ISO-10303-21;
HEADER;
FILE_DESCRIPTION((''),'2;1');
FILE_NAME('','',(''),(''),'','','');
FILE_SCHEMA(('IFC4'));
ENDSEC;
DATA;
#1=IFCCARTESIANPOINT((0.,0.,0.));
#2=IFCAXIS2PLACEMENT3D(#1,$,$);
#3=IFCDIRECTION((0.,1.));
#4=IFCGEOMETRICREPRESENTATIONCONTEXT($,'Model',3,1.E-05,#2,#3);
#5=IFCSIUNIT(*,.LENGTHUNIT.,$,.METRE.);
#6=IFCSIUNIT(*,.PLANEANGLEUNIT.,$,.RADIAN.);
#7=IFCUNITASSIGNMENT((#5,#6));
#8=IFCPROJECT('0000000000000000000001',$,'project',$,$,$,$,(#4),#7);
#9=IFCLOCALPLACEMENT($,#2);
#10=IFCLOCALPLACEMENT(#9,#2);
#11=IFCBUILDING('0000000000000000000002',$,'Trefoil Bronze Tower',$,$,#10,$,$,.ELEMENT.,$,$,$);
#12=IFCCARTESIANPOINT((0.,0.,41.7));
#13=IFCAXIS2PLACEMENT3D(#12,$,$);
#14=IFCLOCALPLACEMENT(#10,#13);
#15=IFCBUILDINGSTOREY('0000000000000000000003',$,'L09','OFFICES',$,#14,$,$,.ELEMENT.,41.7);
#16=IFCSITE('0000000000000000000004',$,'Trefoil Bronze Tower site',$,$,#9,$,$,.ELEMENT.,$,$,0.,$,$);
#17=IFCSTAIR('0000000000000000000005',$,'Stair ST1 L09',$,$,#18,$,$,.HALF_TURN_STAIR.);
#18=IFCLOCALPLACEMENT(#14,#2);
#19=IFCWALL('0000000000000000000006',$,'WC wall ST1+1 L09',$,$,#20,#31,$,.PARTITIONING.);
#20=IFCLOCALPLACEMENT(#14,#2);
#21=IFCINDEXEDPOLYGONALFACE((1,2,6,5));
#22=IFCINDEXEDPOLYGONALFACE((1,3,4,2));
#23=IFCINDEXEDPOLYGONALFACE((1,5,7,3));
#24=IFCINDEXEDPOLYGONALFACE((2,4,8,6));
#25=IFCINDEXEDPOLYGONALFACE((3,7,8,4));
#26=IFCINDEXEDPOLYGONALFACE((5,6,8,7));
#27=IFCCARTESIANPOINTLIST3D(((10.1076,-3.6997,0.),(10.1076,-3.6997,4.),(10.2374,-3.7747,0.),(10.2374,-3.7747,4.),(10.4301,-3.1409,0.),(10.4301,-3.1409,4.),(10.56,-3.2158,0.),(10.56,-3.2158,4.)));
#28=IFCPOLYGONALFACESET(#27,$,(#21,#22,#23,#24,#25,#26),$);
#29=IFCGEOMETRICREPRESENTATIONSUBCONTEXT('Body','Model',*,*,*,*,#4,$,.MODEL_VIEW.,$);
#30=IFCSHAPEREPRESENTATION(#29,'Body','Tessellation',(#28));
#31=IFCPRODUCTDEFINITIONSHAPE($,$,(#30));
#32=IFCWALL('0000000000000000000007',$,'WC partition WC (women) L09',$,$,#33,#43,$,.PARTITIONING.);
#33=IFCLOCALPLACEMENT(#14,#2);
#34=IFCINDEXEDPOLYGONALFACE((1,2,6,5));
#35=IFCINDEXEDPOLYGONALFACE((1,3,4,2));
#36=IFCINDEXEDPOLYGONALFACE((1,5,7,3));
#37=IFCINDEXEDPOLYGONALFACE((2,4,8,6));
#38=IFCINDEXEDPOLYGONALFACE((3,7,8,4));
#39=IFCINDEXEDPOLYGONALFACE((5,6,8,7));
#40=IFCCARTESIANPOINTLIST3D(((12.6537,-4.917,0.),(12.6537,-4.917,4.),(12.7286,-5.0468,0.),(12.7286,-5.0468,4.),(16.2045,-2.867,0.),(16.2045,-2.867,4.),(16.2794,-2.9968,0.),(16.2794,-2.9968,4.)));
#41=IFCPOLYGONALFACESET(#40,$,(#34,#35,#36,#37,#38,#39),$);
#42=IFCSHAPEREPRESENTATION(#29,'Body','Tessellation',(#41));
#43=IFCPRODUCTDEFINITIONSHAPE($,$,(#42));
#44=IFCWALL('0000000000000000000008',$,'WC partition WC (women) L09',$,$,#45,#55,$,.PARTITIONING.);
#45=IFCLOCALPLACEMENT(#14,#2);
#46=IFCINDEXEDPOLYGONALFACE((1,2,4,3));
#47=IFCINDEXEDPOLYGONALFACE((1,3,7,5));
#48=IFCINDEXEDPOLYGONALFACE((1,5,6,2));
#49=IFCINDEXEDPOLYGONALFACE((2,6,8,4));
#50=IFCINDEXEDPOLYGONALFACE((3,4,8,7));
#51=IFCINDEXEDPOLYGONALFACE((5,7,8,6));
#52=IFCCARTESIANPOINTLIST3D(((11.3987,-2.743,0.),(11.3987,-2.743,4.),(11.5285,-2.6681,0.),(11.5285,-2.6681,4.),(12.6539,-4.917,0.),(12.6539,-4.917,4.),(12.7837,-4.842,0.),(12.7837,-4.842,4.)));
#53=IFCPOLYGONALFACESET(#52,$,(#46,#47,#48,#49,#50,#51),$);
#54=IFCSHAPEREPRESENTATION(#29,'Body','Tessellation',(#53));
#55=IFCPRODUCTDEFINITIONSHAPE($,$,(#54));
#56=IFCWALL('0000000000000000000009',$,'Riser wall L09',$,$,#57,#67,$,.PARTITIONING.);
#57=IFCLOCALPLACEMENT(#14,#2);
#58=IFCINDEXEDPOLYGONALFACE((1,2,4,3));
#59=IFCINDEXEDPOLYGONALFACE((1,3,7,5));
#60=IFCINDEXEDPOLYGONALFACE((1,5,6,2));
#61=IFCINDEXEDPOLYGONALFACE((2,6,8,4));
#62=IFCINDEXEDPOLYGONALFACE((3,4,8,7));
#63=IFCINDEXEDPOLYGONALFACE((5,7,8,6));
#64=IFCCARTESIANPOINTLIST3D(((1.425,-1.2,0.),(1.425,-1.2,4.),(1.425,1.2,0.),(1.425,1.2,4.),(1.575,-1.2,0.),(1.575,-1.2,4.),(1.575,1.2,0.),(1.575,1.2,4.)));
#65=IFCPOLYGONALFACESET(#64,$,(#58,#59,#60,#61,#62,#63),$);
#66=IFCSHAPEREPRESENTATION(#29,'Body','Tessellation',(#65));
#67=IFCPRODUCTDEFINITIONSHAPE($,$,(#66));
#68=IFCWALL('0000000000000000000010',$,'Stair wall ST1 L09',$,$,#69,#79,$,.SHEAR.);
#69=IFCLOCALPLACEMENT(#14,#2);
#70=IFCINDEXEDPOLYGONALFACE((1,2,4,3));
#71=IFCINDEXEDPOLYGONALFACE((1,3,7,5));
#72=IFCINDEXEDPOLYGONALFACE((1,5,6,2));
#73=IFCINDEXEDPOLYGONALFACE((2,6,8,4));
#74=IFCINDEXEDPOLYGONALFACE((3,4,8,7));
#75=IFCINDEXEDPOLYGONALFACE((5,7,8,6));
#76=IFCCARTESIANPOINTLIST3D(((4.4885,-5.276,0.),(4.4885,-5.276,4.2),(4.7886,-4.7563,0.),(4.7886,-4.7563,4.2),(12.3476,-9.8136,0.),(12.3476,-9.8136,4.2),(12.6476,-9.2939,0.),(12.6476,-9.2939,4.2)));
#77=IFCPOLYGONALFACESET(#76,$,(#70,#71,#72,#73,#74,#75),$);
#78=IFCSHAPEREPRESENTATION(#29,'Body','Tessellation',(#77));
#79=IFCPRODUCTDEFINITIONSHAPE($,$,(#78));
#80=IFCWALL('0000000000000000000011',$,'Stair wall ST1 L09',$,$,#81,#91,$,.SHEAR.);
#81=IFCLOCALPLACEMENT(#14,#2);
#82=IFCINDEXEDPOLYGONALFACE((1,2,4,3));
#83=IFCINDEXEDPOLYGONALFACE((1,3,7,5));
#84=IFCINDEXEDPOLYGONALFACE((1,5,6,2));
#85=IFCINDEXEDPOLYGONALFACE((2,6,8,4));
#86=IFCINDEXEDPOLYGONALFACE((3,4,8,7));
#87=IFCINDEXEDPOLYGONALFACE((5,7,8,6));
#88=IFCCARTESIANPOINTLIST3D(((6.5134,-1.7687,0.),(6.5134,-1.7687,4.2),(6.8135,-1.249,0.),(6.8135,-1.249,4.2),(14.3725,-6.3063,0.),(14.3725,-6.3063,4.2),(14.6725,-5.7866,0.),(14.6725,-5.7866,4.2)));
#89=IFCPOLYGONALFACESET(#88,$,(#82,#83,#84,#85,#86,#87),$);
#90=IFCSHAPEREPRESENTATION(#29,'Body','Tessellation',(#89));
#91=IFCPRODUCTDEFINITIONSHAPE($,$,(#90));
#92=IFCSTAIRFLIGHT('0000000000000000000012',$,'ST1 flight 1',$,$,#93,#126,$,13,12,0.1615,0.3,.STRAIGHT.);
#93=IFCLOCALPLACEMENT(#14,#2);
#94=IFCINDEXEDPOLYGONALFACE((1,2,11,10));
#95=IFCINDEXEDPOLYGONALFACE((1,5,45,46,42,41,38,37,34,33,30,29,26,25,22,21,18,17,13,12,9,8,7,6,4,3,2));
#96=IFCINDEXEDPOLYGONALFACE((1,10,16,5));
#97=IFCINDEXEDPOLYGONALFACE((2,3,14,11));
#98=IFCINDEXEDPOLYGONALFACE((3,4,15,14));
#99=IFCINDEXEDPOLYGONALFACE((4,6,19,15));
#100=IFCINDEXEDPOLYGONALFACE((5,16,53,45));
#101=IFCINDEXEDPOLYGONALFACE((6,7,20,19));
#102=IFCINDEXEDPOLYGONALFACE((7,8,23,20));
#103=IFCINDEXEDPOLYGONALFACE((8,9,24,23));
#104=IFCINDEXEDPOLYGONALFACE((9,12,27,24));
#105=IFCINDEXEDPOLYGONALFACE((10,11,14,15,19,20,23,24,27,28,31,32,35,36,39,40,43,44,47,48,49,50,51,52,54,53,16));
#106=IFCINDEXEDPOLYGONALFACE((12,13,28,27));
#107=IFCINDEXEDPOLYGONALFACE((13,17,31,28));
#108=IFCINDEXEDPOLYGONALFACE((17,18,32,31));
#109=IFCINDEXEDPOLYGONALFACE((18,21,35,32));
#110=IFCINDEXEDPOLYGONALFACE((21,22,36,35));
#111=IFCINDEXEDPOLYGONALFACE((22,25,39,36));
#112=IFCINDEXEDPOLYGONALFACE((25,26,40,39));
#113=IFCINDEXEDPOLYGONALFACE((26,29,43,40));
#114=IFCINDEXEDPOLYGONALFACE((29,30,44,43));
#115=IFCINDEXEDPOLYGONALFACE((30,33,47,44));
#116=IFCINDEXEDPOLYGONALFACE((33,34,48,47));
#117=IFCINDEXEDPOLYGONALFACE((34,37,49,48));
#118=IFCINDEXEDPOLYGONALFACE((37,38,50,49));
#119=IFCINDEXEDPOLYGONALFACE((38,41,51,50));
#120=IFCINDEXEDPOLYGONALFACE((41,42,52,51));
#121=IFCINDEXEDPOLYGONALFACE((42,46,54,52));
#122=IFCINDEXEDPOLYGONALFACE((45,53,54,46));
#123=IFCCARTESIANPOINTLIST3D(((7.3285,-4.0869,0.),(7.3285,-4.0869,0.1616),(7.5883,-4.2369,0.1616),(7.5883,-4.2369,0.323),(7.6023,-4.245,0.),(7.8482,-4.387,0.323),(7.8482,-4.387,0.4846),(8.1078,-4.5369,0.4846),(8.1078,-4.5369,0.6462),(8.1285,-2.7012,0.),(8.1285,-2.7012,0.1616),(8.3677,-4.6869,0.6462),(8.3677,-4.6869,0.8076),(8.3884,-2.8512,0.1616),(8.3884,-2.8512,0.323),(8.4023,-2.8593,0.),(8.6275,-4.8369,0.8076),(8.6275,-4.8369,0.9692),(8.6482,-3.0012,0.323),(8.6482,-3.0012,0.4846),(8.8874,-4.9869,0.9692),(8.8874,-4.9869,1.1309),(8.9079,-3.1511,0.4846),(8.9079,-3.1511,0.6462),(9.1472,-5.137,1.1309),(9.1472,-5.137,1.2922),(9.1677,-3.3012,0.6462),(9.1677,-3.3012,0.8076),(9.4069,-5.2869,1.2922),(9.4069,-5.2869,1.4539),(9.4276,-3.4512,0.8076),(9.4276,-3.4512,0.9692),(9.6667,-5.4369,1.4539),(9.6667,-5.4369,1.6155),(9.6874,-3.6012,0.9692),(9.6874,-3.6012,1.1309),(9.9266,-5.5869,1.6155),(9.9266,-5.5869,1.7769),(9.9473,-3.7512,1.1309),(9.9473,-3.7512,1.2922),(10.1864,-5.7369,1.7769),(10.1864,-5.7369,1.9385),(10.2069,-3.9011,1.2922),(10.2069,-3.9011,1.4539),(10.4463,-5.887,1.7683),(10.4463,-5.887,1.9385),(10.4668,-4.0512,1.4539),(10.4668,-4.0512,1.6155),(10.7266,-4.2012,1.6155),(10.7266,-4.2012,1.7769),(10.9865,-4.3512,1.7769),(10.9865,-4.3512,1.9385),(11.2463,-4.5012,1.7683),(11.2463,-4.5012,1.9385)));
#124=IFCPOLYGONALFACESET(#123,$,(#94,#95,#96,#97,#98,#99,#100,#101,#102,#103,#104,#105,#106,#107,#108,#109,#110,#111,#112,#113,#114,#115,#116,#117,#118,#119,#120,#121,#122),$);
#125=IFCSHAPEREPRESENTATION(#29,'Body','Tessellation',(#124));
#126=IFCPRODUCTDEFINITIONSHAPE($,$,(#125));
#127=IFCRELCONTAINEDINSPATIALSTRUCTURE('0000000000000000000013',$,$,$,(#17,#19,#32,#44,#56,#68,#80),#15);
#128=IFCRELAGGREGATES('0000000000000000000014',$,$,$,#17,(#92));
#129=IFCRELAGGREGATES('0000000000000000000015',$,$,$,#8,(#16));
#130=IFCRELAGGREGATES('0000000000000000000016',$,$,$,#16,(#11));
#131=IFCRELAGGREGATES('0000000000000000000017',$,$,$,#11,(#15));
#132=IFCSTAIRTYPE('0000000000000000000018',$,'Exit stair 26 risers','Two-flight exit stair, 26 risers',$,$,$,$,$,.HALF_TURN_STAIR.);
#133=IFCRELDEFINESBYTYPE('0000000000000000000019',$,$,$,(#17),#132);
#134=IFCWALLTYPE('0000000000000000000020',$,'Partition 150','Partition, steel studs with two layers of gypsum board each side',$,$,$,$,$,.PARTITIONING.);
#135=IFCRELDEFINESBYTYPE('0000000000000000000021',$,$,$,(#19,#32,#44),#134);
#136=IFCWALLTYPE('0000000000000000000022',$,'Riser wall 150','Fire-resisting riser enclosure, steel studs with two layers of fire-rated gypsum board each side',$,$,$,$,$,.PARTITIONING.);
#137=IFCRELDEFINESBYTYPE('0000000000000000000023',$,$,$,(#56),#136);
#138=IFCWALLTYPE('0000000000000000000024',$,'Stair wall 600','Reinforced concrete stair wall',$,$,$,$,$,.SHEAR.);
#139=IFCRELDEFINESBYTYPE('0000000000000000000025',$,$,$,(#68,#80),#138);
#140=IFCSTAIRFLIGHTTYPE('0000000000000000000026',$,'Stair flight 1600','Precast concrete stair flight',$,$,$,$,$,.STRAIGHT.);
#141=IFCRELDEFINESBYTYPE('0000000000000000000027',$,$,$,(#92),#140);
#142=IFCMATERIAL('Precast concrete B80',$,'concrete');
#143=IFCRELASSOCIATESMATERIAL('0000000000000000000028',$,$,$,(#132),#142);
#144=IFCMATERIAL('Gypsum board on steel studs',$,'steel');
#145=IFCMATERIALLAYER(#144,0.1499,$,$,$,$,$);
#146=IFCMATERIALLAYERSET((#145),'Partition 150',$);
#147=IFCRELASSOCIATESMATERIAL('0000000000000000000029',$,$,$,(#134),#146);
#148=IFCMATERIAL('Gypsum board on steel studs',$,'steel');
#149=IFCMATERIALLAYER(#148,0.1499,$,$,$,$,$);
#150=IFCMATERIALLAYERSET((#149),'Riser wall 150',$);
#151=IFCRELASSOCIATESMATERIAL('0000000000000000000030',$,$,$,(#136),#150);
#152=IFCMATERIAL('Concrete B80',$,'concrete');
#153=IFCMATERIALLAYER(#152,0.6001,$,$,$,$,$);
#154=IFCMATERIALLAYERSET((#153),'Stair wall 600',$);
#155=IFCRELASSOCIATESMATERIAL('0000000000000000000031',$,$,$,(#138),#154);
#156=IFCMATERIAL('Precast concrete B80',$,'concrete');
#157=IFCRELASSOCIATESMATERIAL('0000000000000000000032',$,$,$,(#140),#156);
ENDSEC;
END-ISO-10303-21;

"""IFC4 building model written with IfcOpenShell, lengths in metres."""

from ifc_helpers import new_model, si_unit, direction, frame, frame_2d, origin, place, context, subcontext, project, spatial, polyline, rectangle, outline, extrude, material, layer, layer_set, type_object, element, aggregate, save


model = new_model("IFC4")

# Units and contexts
model_context = context("Model", 3, precision=1e-05, world=origin(), true_north=direction((0.0, 1.0)))
body_context = subcontext(model_context, "Body", "Model", "MODEL_VIEW")
ifc_project = project(units=[si_unit("LENGTHUNIT", "METRE"), si_unit("PLANEANGLEUNIT", "RADIAN")], contexts=[model_context])

# Site, building, storey
site_placement = place(None, origin())
site = spatial("IfcSite", under=ifc_project, at=site_placement, Name="Trefoil Bronze Tower site", CompositionType="ELEMENT", RefElevation=0.0)
building_placement = place(site_placement, origin())
building = spatial("IfcBuilding", under=site, at=building_placement, Name="Trefoil Bronze Tower", CompositionType="ELEMENT")
storey_placement = place(building_placement, frame((0.0, 0.0, 41.7)))
storey = spatial("IfcBuildingStorey", under=building, at=storey_placement, Name="L09", Description="OFFICES", CompositionType="ELEMENT", Elevation=41.7)

# Stair
ifc_material_1 = material(Name="Precast concrete B80", Category="concrete")
stair_type = type_object("IfcStairType", Name="Exit stair 26 risers", Description="Two-flight exit stair, 26 risers", PredefinedType="HALF_TURN_STAIR", material=ifc_material_1)
stair_1_placement = place(storey_placement, origin())
stair_1 = element("IfcStair", 1, at=stair_1_placement, inside=storey, type_object=stair_type, Name="Stair ST1 L09", PredefinedType="HALF_TURN_STAIR")

# Shared definitions
ifc_material_2 = material(Name="Gypsum board on steel studs", Category="steel")
ifc_layer_1 = layer(ifc_material_2, 0.1499)
ifc_layer_set_1 = layer_set([ifc_layer_1], Name="Partition 150")
wall_type_1 = type_object("IfcWallType", Name="Partition 150", Description="Partition, steel studs with two layers of gypsum board each side", PredefinedType="PARTITIONING", material=ifc_layer_set_1)

# Walls
wall_1_placement = place(storey_placement, frame((10.4951, -3.1782, 0.0), z_axis=(0.0, 0.0, 1.0), x_axis=(-0.499843, -0.866116, 0.0)))
element("IfcWall", 2, at=wall_1_placement, inside=storey, type_object=wall_type_1, Name="WC wall ST1+1 L09", PredefinedType="PARTITIONING", context=body_context, shape_type="SweptSolid", body=[
    extrude(rectangle(XDim=0.6453, YDim=0.1499, at=frame_2d((0.3228, 0.0))), origin(), (0.0, 0.0, 1.0), 4.0),
])
wall_2_placement = place(storey_placement, frame((12.6912, -4.9819, 0.0), z_axis=(0.0, 0.0, 1.0), x_axis=(0.866025, 0.500001, 0.0)))
element("IfcWall", 3, at=wall_2_placement, inside=storey, type_object=wall_type_1, Name="WC partition WC (women) L09", PredefinedType="PARTITIONING", context=body_context, shape_type="SweptSolid", body=[
    extrude(rectangle(XDim=4.1001, YDim=0.1499, at=frame_2d((2.05, 0.0))), origin(), (0.0, 0.0, 1.0), 4.0),
])
wall_3_placement = place(storey_placement, frame((11.4636, -2.7056, 0.0), z_axis=(0.0, 0.0, 1.0), x_axis=(0.50002, -0.866014, 0.0)))
element("IfcWall", 4, at=wall_3_placement, inside=storey, type_object=wall_type_1, Name="WC partition WC (women) L09", PredefinedType="PARTITIONING", context=body_context, shape_type="SweptSolid", body=[
    extrude(rectangle(XDim=2.5103, YDim=0.1499, at=frame_2d((1.2551, 0.0))), origin(), (0.0, 0.0, 1.0), 4.0),
])
ifc_material_3 = material(Name="Gypsum board on steel studs", Category="steel")
ifc_layer_2 = layer(ifc_material_3, 0.1499)
ifc_layer_set_2 = layer_set([ifc_layer_2], Name="Riser wall 150")
wall_type_2 = type_object("IfcWallType", Name="Riser wall 150", Description="Fire-resisting riser enclosure, steel studs with two layers of fire-rated gypsum board each side", PredefinedType="PARTITIONING", material=ifc_layer_set_2)
wall_4_placement = place(storey_placement, frame((1.5, -1.2, 0.0), z_axis=(0.0, 0.0, 1.0), x_axis=(0.0, 1.0, 0.0)))
element("IfcWall", 5, at=wall_4_placement, inside=storey, type_object=wall_type_2, Name="Riser wall L09", PredefinedType="PARTITIONING", context=body_context, shape_type="SweptSolid", body=[
    extrude(rectangle(XDim=2.3999, YDim=0.1499, at=frame_2d((1.2, 0.0))), origin(), (0.0, 0.0, 1.0), 4.0),
])
ifc_material_4 = material(Name="Concrete B80", Category="concrete")
ifc_layer_3 = layer(ifc_material_4, 0.6001)
ifc_layer_set_3 = layer_set([ifc_layer_3], Name="Stair wall 600")
wall_type_3 = type_object("IfcWallType", Name="Stair wall 600", Description="Reinforced concrete stair wall", PredefinedType="SHEAR", material=ifc_layer_set_3)
for number, where, z_axis, x_axis, name in (
    (6, (4.6384, -5.0161, 0.0), (0.0, 0.0, 1.0), (0.866019, -0.50001, 0.0), "Stair wall ST1 L09"),
    (7, (6.6633, -1.5088, 0.0), (0.0, 0.0, 1.0), (0.866019, -0.50001, 0.0), "Stair wall ST1 L09"),
):
    element("IfcWall", number, at=place(storey_placement, frame(where, z_axis=z_axis, x_axis=x_axis)), inside=storey, type_object=wall_type_3, Name=name, PredefinedType="SHEAR", context=body_context, shape_type="SweptSolid", body=[
        extrude(rectangle(XDim=9.075, YDim=0.6001, at=frame_2d((4.5376, 0.0))), origin(), (0.0, 0.0, 1.0), 4.2),
    ])

# Stair flight
ifc_material_5 = material(Name="Precast concrete B80", Category="concrete")
stair_flight_type = type_object("IfcStairFlightType", Name="Stair flight 1600", Description="Precast concrete stair flight", PredefinedType="STRAIGHT", material=ifc_material_5)
stair_flight_placement = place(storey_placement, frame((7.7285, -3.394, 0.0), z_axis=(0.0, 0.0, 1.0), x_axis=(0.866025, -0.5, 0.0)))
stair_flight = element("IfcStairFlight", 8, at=stair_flight_placement, type_object=stair_flight_type, Name="ST1 flight 1", NumberOfRisers=13, NumberOfTreads=12, PredefinedType="STRAIGHT", RiserHeight=0.1615, TreadLength=0.3, context=body_context, shape_type="SweptSolid", body=[
    extrude(outline(polyline([(0.0, 0.0), (0.0, 0.1616), (0.3, 0.1616), (0.3, 0.323), (0.6001, 0.323), (0.6001, 0.4846), (0.8999, 0.4846), (0.8999, 0.6462), (1.2, 0.6462), (1.2, 0.8076), (1.5, 0.8076), (1.5, 0.9692), (1.8, 0.9692), (1.8, 1.1309), (2.1001, 1.1309), (2.1001, 1.2922), (2.3999, 1.2922), (2.3999, 1.4539), (2.7, 1.4539), (2.7, 1.6155), (3.0, 1.6155), (3.0, 1.7769), (3.3, 1.7769), (3.3, 1.9385), (3.6001, 1.9385), (3.6001, 2.1001), (3.6001, 1.7683), (0.3162, 0.0), (0.0, 0.0)])), frame((0.0, 0.8, 0.0), z_axis=(0.0, -1.0, 0.0), x_axis=(1.0, 0.0, 0.0)), (0.0, 0.0, 1.0), 1.6001),
])
aggregate(stair_1, [stair_flight])

save(model, "model.ifc")
